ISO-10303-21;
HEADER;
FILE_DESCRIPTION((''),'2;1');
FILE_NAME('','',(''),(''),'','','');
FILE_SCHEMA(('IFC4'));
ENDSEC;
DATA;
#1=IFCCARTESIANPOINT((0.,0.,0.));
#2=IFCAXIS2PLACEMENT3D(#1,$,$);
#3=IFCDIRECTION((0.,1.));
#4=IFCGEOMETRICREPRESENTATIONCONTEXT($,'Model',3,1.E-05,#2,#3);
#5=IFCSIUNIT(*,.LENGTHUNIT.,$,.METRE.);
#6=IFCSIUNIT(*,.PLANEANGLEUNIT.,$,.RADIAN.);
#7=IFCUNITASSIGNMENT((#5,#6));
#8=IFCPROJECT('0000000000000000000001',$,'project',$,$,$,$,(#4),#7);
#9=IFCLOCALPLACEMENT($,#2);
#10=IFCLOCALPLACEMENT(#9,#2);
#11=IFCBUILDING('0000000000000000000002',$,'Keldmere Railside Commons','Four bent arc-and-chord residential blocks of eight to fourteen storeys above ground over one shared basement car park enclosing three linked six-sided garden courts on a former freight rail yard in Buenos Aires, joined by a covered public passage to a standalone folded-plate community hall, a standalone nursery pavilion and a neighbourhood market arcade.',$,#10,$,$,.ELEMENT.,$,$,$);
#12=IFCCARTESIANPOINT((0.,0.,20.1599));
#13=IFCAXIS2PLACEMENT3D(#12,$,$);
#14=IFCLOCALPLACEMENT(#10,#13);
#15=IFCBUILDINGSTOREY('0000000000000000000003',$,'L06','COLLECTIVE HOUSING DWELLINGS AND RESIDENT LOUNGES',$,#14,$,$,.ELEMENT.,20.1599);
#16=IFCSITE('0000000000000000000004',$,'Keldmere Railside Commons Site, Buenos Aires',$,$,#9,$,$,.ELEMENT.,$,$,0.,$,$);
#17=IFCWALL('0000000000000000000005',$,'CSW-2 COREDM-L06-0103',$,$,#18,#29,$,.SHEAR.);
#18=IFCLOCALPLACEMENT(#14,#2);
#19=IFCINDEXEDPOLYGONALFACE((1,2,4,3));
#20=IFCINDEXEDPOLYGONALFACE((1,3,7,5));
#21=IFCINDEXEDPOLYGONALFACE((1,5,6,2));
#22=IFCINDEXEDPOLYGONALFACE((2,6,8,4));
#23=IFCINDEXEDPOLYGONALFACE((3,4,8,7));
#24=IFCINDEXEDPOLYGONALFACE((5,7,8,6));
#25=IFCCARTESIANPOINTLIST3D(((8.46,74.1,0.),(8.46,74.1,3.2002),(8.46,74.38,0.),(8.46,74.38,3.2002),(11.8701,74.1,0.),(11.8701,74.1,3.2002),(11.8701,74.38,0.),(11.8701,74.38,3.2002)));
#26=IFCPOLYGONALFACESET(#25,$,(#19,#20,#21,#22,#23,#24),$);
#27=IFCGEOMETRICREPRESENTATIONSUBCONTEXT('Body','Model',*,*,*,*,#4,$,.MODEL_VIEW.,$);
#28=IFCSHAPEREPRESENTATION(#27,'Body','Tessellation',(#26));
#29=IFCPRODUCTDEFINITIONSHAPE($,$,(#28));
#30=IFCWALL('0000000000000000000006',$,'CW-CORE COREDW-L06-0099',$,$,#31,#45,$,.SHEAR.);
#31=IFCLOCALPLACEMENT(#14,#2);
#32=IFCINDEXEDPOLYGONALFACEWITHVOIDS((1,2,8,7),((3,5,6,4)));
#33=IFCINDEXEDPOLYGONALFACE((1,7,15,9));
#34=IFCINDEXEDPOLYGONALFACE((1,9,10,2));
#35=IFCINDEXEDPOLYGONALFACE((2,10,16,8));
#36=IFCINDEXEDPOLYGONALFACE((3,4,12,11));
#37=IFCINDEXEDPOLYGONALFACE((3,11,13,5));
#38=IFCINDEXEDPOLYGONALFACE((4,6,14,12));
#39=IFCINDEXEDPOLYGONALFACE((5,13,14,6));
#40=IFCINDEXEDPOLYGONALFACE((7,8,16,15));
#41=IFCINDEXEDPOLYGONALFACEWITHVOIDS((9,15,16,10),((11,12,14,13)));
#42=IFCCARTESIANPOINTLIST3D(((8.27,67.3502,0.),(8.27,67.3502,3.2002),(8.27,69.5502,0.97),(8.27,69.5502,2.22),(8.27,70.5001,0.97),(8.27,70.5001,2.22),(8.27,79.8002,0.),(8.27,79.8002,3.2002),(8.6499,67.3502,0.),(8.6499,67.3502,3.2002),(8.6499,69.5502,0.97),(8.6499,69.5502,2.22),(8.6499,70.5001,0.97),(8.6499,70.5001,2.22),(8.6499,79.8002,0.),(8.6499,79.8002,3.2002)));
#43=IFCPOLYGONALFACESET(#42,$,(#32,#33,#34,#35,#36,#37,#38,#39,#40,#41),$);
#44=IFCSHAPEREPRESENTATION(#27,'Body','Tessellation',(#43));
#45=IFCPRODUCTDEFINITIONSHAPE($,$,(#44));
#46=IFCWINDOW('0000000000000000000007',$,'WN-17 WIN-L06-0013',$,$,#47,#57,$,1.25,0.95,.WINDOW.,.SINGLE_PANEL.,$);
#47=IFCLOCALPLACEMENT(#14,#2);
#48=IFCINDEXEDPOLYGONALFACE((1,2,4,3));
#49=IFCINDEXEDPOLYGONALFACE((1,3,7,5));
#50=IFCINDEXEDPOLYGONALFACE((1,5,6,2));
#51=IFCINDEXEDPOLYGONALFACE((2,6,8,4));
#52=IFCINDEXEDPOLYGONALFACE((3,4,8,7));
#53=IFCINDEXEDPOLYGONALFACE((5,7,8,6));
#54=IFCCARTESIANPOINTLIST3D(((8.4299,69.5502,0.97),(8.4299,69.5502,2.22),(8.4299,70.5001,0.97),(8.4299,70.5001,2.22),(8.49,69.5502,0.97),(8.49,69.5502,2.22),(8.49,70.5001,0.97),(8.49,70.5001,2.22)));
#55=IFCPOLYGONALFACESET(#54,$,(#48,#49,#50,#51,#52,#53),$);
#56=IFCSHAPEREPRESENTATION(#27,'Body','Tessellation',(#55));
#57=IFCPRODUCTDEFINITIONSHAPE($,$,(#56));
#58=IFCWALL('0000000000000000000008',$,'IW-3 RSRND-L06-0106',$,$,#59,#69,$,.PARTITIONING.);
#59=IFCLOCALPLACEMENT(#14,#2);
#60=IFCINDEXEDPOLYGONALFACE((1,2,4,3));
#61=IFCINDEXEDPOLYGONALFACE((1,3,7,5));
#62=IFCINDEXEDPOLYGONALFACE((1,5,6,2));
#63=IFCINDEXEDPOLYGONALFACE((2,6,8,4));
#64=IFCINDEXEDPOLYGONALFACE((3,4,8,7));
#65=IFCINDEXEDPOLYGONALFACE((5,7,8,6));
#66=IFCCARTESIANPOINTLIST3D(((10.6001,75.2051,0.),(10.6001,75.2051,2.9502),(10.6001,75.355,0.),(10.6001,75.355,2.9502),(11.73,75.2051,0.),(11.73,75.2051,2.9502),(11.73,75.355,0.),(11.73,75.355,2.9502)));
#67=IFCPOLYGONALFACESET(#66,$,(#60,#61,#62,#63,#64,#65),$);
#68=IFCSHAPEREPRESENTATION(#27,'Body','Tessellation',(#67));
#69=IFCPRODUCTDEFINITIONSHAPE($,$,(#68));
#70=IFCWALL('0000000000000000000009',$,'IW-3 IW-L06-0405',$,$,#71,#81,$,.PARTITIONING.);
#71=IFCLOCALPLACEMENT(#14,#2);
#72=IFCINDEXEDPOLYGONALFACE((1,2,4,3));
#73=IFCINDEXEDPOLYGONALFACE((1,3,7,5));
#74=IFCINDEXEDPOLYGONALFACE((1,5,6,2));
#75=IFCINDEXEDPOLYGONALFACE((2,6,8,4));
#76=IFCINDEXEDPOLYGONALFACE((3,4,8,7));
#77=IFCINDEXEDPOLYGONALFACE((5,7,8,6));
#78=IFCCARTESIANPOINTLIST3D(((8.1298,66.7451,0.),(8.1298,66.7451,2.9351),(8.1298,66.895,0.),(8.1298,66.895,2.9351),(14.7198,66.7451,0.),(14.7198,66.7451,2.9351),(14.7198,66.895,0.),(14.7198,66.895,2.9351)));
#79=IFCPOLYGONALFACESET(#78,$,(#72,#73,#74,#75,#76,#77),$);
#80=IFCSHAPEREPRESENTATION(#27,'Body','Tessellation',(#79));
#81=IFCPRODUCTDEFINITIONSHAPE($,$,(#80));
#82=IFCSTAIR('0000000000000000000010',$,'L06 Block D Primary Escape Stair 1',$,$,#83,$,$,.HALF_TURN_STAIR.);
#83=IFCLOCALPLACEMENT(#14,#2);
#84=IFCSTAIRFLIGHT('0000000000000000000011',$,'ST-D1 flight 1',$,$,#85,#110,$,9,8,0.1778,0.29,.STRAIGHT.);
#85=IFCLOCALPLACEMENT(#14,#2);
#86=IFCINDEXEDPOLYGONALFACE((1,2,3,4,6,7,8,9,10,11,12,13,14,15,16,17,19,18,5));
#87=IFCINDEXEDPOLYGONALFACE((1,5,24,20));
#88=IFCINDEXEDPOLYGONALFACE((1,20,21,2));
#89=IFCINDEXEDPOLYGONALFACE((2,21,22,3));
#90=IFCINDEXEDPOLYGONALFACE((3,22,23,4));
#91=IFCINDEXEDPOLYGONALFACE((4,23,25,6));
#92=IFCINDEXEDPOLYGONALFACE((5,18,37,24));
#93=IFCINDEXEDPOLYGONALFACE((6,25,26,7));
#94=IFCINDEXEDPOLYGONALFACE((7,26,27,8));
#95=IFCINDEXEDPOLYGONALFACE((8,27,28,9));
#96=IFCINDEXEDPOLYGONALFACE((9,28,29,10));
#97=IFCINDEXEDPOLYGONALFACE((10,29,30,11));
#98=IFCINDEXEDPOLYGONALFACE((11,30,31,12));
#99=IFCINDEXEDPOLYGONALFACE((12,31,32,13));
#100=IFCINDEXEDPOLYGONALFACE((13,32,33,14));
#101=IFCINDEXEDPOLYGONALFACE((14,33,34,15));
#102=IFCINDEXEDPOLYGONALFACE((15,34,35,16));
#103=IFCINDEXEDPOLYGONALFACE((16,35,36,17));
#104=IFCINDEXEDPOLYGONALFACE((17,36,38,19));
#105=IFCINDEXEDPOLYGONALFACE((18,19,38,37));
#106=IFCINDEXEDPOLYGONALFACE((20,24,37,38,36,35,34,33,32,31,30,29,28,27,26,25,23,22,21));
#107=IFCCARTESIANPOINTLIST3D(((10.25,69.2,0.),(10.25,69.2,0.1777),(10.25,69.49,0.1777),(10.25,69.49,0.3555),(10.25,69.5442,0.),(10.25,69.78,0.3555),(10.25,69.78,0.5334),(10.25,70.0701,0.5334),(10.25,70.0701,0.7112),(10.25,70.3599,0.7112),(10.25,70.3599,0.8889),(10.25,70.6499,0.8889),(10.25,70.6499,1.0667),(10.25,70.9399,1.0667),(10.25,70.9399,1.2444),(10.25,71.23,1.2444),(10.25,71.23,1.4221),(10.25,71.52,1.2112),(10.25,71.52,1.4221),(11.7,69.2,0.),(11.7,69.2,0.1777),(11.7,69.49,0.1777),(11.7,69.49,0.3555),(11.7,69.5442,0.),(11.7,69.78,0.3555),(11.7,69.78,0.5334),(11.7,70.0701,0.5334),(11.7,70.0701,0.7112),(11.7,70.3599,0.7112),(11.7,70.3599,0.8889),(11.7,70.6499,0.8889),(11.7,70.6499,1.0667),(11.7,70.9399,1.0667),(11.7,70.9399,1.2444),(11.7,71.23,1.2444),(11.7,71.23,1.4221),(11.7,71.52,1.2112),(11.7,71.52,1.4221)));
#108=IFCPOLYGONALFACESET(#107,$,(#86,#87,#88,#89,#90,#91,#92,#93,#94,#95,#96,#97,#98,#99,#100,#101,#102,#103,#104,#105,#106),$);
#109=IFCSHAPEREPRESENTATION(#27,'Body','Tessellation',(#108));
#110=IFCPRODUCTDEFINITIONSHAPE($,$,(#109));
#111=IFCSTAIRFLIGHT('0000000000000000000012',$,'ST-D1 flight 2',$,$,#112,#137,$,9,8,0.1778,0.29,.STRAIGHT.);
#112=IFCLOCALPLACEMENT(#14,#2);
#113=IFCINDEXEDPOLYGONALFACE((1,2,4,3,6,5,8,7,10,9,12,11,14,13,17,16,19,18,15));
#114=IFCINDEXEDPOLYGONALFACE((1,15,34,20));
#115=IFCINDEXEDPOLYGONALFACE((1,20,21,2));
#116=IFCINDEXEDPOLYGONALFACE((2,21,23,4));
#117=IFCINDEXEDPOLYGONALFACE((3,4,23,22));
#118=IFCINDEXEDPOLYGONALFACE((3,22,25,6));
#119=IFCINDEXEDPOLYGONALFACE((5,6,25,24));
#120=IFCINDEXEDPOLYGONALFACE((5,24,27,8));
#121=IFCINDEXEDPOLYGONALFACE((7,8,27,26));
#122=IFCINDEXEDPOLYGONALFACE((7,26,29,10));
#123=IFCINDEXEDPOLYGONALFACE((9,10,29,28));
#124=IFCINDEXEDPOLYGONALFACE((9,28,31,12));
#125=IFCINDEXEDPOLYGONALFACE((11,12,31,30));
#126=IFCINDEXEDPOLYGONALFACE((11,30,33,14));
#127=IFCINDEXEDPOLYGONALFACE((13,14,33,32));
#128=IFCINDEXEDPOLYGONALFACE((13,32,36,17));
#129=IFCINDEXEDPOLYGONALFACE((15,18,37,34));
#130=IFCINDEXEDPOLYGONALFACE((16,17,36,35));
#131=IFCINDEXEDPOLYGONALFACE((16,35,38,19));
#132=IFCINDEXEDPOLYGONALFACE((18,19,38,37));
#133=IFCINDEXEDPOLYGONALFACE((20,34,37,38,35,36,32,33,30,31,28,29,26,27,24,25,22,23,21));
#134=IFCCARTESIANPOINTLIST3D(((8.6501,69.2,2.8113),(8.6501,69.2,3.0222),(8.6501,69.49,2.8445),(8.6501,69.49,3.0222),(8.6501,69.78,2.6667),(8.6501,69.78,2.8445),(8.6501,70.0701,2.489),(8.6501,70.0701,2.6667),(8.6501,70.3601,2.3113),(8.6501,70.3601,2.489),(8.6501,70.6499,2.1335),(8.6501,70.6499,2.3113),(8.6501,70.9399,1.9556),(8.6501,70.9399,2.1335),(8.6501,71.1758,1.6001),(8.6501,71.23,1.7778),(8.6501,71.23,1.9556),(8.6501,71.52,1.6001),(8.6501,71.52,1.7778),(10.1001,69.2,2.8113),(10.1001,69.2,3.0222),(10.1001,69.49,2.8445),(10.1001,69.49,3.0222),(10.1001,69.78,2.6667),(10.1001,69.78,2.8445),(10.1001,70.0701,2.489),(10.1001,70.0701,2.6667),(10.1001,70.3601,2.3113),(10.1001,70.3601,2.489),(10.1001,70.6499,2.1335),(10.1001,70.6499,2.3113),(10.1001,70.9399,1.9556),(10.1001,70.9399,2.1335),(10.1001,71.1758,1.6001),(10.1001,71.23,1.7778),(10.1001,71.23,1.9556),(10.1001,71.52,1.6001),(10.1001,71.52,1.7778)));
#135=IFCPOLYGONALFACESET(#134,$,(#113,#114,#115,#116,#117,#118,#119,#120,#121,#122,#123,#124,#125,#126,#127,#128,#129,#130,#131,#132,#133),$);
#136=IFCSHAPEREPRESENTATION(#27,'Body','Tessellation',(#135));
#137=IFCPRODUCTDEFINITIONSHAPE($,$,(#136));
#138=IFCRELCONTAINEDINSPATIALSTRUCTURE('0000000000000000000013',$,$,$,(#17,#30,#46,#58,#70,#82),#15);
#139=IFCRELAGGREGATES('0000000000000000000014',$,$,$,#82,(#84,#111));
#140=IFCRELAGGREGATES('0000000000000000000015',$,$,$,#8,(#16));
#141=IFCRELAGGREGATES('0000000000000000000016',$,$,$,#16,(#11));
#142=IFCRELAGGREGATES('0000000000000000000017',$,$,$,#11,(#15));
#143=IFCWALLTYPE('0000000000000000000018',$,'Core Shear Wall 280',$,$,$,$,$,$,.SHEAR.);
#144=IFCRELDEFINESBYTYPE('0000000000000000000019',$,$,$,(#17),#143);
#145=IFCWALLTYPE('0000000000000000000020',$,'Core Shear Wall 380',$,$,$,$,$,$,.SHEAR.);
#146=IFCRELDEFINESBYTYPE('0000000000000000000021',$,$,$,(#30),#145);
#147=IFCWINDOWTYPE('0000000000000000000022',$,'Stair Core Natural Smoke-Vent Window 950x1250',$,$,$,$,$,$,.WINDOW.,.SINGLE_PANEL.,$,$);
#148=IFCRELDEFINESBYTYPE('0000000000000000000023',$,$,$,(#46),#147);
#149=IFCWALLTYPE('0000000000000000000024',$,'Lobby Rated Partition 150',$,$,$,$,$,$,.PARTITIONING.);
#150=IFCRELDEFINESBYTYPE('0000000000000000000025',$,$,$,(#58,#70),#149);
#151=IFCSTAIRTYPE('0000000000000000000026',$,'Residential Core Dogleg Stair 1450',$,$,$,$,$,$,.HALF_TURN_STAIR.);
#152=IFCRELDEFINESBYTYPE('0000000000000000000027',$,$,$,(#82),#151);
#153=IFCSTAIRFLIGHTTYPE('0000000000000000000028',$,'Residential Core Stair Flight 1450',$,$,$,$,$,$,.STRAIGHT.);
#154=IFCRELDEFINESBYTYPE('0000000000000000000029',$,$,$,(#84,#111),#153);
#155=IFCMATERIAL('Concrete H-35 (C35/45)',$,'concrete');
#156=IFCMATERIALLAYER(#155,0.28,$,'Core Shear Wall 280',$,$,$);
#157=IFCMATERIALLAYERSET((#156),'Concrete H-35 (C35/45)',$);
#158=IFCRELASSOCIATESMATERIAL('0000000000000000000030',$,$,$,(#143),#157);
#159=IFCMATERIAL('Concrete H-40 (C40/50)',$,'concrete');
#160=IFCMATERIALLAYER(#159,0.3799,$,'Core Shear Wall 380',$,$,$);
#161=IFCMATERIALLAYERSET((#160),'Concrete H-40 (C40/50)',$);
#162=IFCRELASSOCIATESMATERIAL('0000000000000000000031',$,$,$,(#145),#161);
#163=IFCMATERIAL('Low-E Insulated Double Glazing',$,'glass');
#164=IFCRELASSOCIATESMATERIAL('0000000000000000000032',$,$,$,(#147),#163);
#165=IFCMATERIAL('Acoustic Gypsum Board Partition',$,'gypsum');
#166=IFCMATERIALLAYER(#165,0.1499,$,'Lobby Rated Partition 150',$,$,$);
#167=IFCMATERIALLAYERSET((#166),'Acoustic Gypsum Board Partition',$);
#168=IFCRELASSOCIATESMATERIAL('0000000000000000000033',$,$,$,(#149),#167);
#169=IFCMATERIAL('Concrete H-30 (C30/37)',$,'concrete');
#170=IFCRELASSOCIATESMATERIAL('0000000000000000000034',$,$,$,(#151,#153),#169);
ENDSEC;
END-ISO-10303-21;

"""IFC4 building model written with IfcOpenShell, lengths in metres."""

from ifc_helpers import new_model, si_unit, direction, frame, frame_2d, origin, place, context, subcontext, project, spatial, polyline, rectangle, outline, extrude, material, layer, layer_set, type_object, element, fill, aggregate, save


model = new_model("IFC4")

# Units and contexts
model_context = context("Model", 3, precision=1e-05, world=origin(), true_north=direction((0.0, 1.0)))
body_context = subcontext(model_context, "Body", "Model", "MODEL_VIEW")
ifc_project = project(units=[si_unit("LENGTHUNIT", "METRE"), si_unit("PLANEANGLEUNIT", "RADIAN")], contexts=[model_context])

# Site, building, storey
site_placement = place(None, origin())
site = spatial("IfcSite", under=ifc_project, at=site_placement, Name="Keldmere Railside Commons Site, Buenos Aires", CompositionType="ELEMENT", RefElevation=0.0)
building_placement = place(site_placement, origin())
building = spatial("IfcBuilding", under=site, at=building_placement, Name="Keldmere Railside Commons", Description="Four bent arc-and-chord residential blocks of eight to fourteen storeys above ground over one shared basement car park enclosing three linked six-sided garden courts on a former freight rail yard in Buenos Aires, joined by a covered public passage to a standalone folded-plate community hall, a standalone nursery pavilion and a neighbourhood market arcade.", CompositionType="ELEMENT")
storey_placement = place(building_placement, frame((0.0, 0.0, 20.1599)))
storey = spatial("IfcBuildingStorey", under=building, at=storey_placement, Name="L06", Description="COLLECTIVE HOUSING DWELLINGS AND RESIDENT LOUNGES", CompositionType="ELEMENT", Elevation=20.1599)

# Wall
ifc_material_1 = material(Name="Concrete H-35 (C35/45)", Category="concrete")
ifc_layer_1 = layer(ifc_material_1, 0.28, Name="Core Shear Wall 280")
ifc_layer_set_1 = layer_set([ifc_layer_1], Name="Concrete H-35 (C35/45)")
wall_type_1 = type_object("IfcWallType", Name="Core Shear Wall 280", PredefinedType="SHEAR", material=ifc_layer_set_1)
wall_1_placement = place(storey_placement, frame((8.46, 74.24, 0.0), z_axis=(0.0, 0.0, 1.0), x_axis=(1.0, 0.0, 0.0)))
element("IfcWall", 1, at=wall_1_placement, inside=storey, type_object=wall_type_1, Name="CSW-2 COREDM-L06-0103", PredefinedType="SHEAR", context=body_context, shape_type="SweptSolid", body=[
    extrude(rectangle(XDim=3.4102, YDim=0.28, at=frame_2d((1.7051, 0.0))), origin(), (0.0, 0.0, 1.0), 3.2002),
])

# Wall, opening, window
ifc_material_2 = material(Name="Concrete H-40 (C40/50)", Category="concrete")
ifc_layer_2 = layer(ifc_material_2, 0.3799, Name="Core Shear Wall 380")
ifc_layer_set_2 = layer_set([ifc_layer_2], Name="Concrete H-40 (C40/50)")
wall_type_2 = type_object("IfcWallType", Name="Core Shear Wall 380", PredefinedType="SHEAR", material=ifc_layer_set_2)
wall_2_placement = place(storey_placement, frame((8.46, 67.3501, 0.0), z_axis=(0.0, 0.0, 1.0), x_axis=(0.0, 1.0, 0.0)))
wall_2 = element("IfcWall", 2, at=wall_2_placement, inside=storey, type_object=wall_type_2, Name="CW-CORE COREDW-L06-0099", PredefinedType="SHEAR", context=body_context, shape_type="SweptSolid", body=[
    extrude(rectangle(XDim=12.45, YDim=0.3799, at=frame_2d((6.2251, 0.0))), origin(), (0.0, 0.0, 1.0), 3.2002),
])
opening_1_placement = place(wall_2_placement, frame((2.2, 0.0, 0.97)))
opening_1 = element("IfcOpeningElement", 3, at=opening_1_placement, cuts=wall_2, PredefinedType="OPENING", context=body_context, shape_type="SweptSolid", body=[
    extrude(rectangle(XDim=0.95, YDim=1.25, at=frame_2d((0.4751, 0.625))), frame((0.0, 0.2, 0.0), z_axis=(0.0, -1.0, 0.0), x_axis=(1.0, 0.0, 0.0)), (0.0, 0.0, 1.0), 0.3999),
])
ifc_material_3 = material(Name="Low-E Insulated Double Glazing", Category="glass")
window_type = type_object("IfcWindowType", Name="Stair Core Natural Smoke-Vent Window 950x1250", PartitioningType="SINGLE_PANEL", PredefinedType="WINDOW", material=ifc_material_3)
window_placement = place(opening_1_placement, origin())
window = element("IfcWindow", 4, at=window_placement, inside=storey, type_object=window_type, Name="WN-17 WIN-L06-0013", OverallHeight=1.25, OverallWidth=0.95, PartitioningType="SINGLE_PANEL", PredefinedType="WINDOW", context=body_context, shape_type="SweptSolid", body=[
    extrude(rectangle(XDim=0.95, YDim=1.25, at=frame_2d((0.4751, 0.625))), frame((0.0, 0.03, 0.0), z_axis=(0.0, -1.0, 0.0), x_axis=(1.0, 0.0, 0.0)), (0.0, 0.0, 1.0), 0.0601),
])
fill(opening_1, window)

# Walls
ifc_material_4 = material(Name="Acoustic Gypsum Board Partition", Category="gypsum")
ifc_layer_3 = layer(ifc_material_4, 0.1499, Name="Lobby Rated Partition 150")
ifc_layer_set_3 = layer_set([ifc_layer_3], Name="Acoustic Gypsum Board Partition")
wall_type_3 = type_object("IfcWallType", Name="Lobby Rated Partition 150", PredefinedType="PARTITIONING", material=ifc_layer_set_3)
wall_3_placement = place(storey_placement, frame((10.6001, 75.28, 0.0), z_axis=(0.0, 0.0, 1.0), x_axis=(1.0, 0.0, 0.0)))
element("IfcWall", 5, at=wall_3_placement, inside=storey, type_object=wall_type_3, Name="IW-3 RSRND-L06-0106", PredefinedType="PARTITIONING", context=body_context, shape_type="SweptSolid", body=[
    extrude(rectangle(XDim=1.1299, YDim=0.1499, at=frame_2d((0.5649, 0.0))), origin(), (0.0, 0.0, 1.0), 2.9502),
])
wall_4_placement = place(storey_placement, frame((8.1299, 66.8201, 0.0), z_axis=(0.0, 0.0, 1.0), x_axis=(1.0, 0.0, 0.0)))
element("IfcWall", 6, at=wall_4_placement, inside=storey, type_object=wall_type_3, Name="IW-3 IW-L06-0405", PredefinedType="PARTITIONING", context=body_context, shape_type="SweptSolid", body=[
    extrude(rectangle(XDim=6.5901, YDim=0.1499, at=frame_2d((3.2949, 0.0))), origin(), (0.0, 0.0, 1.0), 2.9351),
])

# Stair, stair flights
ifc_material_5 = material(Name="Concrete H-30 (C30/37)", Category="concrete")
stair_type = type_object("IfcStairType", Name="Residential Core Dogleg Stair 1450", PredefinedType="HALF_TURN_STAIR", material=ifc_material_5)
stair_placement = place(storey_placement, origin())
stair = element("IfcStair", 7, at=stair_placement, inside=storey, type_object=stair_type, Name="L06 Block D Primary Escape Stair 1", PredefinedType="HALF_TURN_STAIR")
stair_flight_type = type_object("IfcStairFlightType", Name="Residential Core Stair Flight 1450", PredefinedType="STRAIGHT", material=ifc_material_5)
stair_flight_1_placement = place(storey_placement, frame((10.9751, 69.2, 0.0), z_axis=(0.0, 0.0, 1.0), x_axis=(0.0, 1.0, 0.0)))
stair_flight_1 = element("IfcStairFlight", 8, at=stair_flight_1_placement, type_object=stair_flight_type, Name="ST-D1 flight 1", NumberOfRisers=9, NumberOfTreads=8, PredefinedType="STRAIGHT", RiserHeight=0.1778, TreadLength=0.29, context=body_context, shape_type="SweptSolid", body=[
    extrude(outline(polyline([(0.0, 0.0), (0.0, 0.1777), (0.29, 0.1777), (0.29, 0.3555), (0.5801, 0.3555), (0.5801, 0.5334), (0.8701, 0.5334), (0.8701, 0.7112), (1.1599, 0.7112), (1.1599, 0.8889), (1.45, 0.8889), (1.45, 1.0667), (1.74, 1.0667), (1.74, 1.2444), (2.03, 1.2444), (2.03, 1.4221), (2.3201, 1.4221), (2.3201, 1.6001), (2.3201, 1.2112), (0.3442, 0.0), (0.0, 0.0)])), frame((0.0, 0.7251, 0.0), z_axis=(0.0, -1.0, 0.0), x_axis=(1.0, 0.0, 0.0)), (0.0, 0.0, 1.0), 1.45),
])
stair_flight_2_placement = place(storey_placement, frame((9.375, 71.52, 1.6001), z_axis=(0.0, 0.0, 1.0), x_axis=(0.0, -1.0, 0.0)))
stair_flight_2 = element("IfcStairFlight", 9, at=stair_flight_2_placement, type_object=stair_flight_type, Name="ST-D1 flight 2", NumberOfRisers=9, NumberOfTreads=8, PredefinedType="STRAIGHT", RiserHeight=0.1778, TreadLength=0.29, context=body_context, shape_type="SweptSolid", body=[
    extrude(outline(polyline([(0.0, 0.0), (0.0, 0.1777), (0.29, 0.1777), (0.29, 0.3555), (0.5801, 0.3555), (0.5801, 0.5334), (0.8701, 0.5334), (0.8701, 0.7112), (1.1599, 0.7112), (1.1599, 0.8889), (1.45, 0.8889), (1.45, 1.0667), (1.74, 1.0667), (1.74, 1.2444), (2.03, 1.2444), (2.03, 1.4221), (2.3201, 1.4221), (2.3201, 1.6001), (2.3201, 1.2112), (0.3442, 0.0), (0.0, 0.0)])), frame((0.0, 0.7251, 0.0), z_axis=(0.0, -1.0, 0.0), x_axis=(1.0, 0.0, 0.0)), (0.0, 0.0, 1.0), 1.45),
])
aggregate(stair, [stair_flight_1, stair_flight_2])

save(model, "model.ifc")
